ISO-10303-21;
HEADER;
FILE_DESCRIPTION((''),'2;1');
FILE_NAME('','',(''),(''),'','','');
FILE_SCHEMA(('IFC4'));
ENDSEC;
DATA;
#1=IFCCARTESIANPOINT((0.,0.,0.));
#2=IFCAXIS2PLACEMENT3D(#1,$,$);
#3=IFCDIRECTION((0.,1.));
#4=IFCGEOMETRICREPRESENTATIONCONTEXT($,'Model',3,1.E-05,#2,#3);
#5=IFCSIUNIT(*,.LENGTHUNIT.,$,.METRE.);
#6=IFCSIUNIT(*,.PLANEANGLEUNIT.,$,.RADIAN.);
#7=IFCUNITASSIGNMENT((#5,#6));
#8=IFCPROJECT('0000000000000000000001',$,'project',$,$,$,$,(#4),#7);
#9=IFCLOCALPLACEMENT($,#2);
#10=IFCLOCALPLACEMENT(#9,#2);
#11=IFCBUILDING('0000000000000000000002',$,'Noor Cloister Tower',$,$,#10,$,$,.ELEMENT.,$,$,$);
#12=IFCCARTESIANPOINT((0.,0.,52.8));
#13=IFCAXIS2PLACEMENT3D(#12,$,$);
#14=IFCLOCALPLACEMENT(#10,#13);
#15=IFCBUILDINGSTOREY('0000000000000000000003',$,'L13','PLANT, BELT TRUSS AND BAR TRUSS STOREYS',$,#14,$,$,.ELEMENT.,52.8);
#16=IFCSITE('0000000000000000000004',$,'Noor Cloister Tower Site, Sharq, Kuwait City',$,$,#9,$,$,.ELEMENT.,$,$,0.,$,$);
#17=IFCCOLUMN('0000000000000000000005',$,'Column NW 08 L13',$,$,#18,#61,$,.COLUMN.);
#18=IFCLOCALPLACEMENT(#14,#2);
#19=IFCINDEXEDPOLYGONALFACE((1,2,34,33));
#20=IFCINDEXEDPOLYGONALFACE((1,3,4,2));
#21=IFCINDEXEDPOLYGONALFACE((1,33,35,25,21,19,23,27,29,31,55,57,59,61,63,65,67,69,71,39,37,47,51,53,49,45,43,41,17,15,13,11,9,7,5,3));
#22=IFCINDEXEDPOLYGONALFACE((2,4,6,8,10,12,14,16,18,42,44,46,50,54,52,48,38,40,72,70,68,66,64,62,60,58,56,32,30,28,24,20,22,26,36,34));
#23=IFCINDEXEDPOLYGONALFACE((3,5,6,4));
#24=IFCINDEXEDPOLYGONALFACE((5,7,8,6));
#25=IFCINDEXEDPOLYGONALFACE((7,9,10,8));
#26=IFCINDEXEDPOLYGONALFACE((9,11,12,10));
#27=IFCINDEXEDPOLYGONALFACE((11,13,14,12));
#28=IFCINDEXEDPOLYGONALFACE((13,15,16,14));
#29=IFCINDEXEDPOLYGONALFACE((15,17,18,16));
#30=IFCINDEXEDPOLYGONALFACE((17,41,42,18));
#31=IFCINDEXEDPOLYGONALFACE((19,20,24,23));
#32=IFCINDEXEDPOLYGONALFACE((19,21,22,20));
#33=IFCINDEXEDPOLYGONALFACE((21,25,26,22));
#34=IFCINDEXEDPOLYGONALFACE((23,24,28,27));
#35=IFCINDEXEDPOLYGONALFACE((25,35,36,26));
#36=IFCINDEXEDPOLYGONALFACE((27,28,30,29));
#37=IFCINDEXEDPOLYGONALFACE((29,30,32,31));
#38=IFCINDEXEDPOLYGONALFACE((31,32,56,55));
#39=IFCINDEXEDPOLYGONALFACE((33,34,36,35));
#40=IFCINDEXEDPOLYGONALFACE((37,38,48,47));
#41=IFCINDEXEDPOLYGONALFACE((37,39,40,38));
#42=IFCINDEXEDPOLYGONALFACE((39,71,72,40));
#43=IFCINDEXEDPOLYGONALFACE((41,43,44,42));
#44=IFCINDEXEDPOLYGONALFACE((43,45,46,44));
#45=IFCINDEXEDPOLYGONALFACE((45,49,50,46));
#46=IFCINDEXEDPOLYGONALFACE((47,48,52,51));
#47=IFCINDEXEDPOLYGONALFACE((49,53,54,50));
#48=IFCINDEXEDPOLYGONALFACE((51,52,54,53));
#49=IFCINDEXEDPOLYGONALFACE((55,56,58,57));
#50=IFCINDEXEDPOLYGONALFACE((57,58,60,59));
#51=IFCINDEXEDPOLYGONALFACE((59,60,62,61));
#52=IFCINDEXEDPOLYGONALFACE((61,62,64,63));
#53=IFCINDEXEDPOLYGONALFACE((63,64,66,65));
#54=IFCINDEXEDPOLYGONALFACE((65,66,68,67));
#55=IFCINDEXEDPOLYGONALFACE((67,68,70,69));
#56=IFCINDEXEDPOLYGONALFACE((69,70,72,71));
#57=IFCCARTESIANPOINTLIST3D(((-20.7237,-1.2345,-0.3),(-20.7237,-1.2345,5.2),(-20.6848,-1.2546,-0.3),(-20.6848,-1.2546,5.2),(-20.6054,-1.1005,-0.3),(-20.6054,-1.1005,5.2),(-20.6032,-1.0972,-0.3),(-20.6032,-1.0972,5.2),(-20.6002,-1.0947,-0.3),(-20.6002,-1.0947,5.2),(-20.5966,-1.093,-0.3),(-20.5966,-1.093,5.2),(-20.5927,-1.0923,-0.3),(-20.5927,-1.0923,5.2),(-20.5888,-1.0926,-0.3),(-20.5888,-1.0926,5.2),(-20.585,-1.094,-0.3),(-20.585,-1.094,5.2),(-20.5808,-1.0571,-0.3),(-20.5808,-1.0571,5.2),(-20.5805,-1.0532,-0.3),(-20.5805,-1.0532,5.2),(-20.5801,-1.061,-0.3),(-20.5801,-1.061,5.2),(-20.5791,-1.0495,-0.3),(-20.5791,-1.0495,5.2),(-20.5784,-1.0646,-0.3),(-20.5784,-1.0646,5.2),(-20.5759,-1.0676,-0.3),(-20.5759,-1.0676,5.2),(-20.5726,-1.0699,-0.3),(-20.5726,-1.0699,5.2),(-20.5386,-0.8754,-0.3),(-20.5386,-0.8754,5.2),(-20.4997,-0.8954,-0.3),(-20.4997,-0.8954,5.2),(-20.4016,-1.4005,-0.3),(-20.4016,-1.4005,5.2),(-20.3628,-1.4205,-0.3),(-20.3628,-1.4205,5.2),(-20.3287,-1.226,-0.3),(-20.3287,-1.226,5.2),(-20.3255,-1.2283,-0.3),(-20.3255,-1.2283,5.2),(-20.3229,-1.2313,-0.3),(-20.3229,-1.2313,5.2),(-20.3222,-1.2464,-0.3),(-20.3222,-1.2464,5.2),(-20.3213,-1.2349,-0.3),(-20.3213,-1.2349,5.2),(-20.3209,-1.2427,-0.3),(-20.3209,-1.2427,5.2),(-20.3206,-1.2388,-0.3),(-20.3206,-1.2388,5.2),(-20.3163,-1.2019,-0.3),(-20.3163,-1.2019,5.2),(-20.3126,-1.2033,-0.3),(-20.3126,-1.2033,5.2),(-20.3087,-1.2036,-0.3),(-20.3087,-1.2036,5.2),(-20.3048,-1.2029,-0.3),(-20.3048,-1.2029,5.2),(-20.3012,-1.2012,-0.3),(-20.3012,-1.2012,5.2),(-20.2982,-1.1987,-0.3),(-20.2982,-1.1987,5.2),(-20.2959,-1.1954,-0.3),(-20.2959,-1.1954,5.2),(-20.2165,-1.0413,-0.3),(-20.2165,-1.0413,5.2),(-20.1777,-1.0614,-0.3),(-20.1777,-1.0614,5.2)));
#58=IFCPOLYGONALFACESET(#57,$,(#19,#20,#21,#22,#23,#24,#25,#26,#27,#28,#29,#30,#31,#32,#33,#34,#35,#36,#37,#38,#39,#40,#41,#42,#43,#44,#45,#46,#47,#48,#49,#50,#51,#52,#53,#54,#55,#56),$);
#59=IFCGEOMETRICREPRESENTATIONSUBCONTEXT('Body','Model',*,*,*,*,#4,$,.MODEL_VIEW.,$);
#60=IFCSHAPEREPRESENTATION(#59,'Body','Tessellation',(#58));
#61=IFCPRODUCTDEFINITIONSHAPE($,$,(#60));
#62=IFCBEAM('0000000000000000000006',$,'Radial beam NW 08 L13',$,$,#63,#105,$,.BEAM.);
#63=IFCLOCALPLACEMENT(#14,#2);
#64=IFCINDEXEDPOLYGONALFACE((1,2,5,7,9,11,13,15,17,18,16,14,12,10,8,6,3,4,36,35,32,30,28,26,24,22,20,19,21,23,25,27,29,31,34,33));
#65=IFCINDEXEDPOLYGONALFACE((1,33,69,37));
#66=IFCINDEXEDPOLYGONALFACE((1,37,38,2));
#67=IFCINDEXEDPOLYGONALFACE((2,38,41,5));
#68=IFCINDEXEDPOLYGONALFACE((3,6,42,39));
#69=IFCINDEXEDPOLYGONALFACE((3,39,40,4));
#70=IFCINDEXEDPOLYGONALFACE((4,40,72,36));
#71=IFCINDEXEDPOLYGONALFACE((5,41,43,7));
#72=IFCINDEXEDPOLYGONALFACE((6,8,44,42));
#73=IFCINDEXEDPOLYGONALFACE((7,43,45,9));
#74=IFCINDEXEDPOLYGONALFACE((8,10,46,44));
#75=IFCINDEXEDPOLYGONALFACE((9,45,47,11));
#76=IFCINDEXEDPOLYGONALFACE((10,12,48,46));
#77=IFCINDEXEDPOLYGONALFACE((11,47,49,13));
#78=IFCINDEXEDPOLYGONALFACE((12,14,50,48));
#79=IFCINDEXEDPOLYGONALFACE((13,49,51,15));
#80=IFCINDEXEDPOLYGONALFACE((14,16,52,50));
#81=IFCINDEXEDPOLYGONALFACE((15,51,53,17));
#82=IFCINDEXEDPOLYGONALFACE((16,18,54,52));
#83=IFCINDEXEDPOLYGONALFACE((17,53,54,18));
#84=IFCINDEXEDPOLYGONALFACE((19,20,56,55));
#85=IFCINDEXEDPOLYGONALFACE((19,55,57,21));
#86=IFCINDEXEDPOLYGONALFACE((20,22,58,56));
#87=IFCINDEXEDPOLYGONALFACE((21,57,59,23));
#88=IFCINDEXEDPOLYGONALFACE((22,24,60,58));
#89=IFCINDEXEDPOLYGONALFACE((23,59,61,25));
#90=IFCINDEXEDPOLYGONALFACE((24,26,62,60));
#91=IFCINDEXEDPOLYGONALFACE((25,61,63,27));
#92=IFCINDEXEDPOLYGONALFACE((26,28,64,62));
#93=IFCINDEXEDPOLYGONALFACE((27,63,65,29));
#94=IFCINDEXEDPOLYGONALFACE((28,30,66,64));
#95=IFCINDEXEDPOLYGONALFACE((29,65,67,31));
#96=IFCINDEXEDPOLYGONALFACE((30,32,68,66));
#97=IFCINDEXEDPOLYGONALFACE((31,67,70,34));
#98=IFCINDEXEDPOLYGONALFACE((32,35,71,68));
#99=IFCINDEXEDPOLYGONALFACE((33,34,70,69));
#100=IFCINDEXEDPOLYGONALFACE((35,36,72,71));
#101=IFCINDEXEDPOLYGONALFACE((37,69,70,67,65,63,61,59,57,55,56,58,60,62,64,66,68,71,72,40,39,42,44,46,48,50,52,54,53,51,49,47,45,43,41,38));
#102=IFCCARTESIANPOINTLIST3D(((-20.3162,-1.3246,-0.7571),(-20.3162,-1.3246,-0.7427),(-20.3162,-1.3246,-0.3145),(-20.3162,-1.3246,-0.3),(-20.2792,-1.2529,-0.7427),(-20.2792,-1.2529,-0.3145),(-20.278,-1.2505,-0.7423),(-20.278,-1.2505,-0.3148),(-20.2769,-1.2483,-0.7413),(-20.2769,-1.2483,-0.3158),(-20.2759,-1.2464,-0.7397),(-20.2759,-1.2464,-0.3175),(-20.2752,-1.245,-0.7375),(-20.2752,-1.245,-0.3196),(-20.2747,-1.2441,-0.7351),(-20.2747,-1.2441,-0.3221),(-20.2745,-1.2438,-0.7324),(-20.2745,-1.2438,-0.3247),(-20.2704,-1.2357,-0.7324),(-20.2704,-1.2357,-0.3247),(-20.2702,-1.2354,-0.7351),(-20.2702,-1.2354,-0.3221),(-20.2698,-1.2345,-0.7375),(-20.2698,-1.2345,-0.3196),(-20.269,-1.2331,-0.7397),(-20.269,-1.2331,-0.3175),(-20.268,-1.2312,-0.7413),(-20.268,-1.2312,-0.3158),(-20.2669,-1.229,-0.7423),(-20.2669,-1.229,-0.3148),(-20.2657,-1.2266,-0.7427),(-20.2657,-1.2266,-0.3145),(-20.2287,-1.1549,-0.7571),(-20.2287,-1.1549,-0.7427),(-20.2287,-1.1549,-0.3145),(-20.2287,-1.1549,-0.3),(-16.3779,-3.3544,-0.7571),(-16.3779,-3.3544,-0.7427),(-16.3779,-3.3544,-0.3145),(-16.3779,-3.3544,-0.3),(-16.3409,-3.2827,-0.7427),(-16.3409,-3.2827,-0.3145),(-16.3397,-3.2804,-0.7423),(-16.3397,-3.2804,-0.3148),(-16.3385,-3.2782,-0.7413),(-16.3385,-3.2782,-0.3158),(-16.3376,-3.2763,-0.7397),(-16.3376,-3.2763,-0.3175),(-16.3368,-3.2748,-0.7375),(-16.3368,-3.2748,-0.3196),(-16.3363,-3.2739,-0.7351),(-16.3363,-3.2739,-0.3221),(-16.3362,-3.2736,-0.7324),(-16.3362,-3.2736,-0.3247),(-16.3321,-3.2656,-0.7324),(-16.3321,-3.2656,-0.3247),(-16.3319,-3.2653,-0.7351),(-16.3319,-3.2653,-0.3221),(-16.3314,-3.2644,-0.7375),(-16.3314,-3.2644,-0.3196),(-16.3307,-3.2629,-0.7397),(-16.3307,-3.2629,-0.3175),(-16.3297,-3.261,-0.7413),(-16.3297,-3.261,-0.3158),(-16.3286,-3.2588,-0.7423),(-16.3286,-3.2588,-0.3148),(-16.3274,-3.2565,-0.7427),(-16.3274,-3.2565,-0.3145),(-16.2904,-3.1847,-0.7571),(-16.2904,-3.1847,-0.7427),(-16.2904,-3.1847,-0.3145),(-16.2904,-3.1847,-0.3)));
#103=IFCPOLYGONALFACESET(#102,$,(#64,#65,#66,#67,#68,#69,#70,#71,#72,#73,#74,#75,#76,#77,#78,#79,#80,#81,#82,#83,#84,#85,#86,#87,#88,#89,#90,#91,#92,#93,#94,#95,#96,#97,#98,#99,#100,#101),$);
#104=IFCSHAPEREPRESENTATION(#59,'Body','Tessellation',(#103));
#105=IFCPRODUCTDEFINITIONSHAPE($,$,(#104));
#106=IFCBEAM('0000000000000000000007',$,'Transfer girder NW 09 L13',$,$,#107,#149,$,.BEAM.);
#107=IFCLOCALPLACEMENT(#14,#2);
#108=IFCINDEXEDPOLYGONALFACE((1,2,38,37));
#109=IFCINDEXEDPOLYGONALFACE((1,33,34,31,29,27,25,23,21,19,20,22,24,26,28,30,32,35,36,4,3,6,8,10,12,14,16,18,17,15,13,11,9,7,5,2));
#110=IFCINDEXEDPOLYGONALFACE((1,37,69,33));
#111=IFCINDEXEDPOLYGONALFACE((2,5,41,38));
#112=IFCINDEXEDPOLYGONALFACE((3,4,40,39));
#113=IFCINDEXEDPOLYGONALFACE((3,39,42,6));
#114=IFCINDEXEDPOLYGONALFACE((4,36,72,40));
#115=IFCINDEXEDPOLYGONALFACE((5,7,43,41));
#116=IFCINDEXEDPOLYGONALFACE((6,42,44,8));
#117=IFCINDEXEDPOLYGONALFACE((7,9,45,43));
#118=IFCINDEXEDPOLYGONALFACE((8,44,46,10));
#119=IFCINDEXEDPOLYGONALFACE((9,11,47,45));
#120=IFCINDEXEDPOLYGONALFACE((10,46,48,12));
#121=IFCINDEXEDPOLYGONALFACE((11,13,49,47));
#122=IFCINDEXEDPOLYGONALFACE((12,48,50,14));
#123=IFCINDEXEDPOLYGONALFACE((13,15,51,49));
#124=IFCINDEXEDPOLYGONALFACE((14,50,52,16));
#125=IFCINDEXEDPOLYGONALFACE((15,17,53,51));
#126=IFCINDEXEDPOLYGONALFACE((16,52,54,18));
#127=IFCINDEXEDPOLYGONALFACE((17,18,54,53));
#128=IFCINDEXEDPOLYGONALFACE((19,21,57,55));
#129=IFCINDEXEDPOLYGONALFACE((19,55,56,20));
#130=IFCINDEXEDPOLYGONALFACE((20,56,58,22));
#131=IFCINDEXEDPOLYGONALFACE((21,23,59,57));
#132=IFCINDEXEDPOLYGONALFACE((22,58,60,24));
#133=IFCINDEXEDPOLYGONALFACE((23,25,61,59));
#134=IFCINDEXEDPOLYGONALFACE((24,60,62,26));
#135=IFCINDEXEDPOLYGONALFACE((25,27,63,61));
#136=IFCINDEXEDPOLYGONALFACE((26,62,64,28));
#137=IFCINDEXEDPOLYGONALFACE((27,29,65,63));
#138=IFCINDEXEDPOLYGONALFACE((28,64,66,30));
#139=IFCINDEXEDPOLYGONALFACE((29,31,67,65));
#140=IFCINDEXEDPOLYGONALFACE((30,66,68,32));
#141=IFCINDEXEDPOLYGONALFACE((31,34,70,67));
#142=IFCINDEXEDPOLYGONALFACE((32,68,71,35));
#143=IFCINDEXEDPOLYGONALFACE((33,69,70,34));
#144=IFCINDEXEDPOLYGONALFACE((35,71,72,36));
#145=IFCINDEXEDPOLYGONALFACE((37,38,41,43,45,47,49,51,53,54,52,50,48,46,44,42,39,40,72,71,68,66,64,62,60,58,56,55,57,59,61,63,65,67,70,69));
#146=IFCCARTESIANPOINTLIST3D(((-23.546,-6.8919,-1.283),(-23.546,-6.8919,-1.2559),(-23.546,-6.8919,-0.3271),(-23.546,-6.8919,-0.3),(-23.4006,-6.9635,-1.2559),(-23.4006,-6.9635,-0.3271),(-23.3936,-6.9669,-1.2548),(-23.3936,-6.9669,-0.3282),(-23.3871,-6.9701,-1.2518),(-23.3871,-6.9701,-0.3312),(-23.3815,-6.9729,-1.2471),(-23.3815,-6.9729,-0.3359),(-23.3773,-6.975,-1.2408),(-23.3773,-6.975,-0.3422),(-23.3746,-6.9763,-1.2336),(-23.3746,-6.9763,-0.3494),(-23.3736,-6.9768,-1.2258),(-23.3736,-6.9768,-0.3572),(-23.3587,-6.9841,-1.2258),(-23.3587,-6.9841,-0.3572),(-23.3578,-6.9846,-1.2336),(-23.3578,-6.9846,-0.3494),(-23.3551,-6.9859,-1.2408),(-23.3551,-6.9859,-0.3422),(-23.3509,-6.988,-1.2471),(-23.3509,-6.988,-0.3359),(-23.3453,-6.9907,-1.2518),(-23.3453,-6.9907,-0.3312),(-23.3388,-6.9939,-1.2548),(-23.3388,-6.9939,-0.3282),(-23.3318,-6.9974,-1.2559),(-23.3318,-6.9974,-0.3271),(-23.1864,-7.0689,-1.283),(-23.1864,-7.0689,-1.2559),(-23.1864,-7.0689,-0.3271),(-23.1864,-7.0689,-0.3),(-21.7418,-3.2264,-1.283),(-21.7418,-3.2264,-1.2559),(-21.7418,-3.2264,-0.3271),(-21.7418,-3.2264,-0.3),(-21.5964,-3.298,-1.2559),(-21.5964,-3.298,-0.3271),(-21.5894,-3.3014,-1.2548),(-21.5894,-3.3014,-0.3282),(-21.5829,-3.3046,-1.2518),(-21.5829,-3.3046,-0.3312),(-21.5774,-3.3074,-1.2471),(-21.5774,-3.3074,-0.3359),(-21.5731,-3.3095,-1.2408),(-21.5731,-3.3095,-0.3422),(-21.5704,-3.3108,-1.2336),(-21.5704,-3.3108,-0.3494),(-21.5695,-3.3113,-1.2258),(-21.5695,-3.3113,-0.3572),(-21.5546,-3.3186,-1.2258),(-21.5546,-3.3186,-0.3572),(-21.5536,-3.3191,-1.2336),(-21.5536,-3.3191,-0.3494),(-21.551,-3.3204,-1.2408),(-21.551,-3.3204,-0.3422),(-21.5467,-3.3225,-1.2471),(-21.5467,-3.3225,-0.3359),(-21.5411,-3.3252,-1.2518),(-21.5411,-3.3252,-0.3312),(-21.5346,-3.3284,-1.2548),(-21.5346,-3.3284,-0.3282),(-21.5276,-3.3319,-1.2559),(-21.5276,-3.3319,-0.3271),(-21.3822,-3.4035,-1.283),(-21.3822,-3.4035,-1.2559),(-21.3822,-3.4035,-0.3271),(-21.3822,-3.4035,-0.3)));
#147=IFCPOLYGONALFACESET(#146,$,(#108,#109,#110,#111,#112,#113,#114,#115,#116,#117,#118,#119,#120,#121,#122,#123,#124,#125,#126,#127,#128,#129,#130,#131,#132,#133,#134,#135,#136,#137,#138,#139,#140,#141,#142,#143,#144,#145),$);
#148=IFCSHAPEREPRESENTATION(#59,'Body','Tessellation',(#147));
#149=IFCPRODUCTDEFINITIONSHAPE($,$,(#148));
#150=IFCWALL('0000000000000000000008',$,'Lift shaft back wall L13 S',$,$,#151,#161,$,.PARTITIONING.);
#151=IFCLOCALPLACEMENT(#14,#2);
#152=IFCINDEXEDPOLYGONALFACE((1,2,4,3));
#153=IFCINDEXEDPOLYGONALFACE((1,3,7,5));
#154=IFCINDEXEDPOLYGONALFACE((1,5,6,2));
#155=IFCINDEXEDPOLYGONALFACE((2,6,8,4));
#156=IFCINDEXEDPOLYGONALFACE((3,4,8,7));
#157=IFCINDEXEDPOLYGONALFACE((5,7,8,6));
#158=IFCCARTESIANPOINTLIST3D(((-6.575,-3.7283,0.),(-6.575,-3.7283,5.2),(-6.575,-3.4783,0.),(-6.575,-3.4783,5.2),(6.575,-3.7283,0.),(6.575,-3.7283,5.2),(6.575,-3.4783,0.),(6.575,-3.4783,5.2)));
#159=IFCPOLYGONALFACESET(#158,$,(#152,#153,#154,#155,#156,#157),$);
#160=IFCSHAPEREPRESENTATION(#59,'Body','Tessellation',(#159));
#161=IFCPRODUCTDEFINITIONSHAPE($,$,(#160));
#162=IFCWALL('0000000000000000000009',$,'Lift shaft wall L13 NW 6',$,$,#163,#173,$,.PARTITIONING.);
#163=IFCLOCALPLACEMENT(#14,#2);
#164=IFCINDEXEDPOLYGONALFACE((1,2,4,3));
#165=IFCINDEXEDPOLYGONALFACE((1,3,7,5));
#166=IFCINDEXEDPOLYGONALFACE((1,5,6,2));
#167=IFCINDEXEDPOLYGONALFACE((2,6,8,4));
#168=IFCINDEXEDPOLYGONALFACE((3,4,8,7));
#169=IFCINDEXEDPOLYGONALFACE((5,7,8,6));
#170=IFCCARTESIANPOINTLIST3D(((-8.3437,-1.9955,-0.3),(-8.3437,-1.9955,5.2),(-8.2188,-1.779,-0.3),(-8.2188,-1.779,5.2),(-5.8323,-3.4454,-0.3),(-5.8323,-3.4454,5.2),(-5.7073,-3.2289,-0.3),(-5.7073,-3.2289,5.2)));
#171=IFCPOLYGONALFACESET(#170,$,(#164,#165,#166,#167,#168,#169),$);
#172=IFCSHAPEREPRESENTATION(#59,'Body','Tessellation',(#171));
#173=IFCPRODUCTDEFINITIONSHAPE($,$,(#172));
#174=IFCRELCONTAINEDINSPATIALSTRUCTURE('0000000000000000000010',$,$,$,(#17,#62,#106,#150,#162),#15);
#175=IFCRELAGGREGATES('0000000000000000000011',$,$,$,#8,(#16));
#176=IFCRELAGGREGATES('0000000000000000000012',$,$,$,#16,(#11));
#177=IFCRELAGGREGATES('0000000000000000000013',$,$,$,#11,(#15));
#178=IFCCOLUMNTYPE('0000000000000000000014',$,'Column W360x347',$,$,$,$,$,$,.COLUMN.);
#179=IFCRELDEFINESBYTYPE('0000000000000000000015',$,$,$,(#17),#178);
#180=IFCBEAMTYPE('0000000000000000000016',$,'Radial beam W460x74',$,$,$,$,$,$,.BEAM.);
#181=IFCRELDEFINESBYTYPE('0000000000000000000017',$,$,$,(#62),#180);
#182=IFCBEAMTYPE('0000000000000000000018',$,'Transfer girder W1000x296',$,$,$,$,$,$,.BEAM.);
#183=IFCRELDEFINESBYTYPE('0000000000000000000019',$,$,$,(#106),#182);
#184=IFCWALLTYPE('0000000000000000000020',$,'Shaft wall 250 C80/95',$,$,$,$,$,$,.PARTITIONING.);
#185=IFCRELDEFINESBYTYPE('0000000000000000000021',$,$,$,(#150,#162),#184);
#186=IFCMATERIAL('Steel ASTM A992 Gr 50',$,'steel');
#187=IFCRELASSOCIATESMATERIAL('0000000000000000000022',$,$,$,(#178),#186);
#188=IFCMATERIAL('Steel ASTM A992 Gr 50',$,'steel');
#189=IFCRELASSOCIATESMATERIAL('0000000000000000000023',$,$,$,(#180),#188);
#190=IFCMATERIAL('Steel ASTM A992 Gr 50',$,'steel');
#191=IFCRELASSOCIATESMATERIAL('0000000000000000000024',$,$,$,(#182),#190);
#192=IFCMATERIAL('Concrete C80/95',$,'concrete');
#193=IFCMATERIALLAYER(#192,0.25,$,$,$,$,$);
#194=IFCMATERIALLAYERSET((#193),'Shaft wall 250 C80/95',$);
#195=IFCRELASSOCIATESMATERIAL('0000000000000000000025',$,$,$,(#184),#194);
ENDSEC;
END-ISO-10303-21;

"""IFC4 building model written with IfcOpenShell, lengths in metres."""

from ifc_helpers import new_model, si_unit, direction, frame, frame_2d, origin, origin_2d, place, context, subcontext, project, spatial, rectangle, i_section, extrude, material, layer, layer_set, material_profile, profile_set, type_object, element, save


model = new_model("IFC4")

# Units and contexts
model_context = context("Model", 3, precision=1e-05, world=origin(), true_north=direction((0.0, 1.0)))
body_context = subcontext(model_context, "Body", "Model", "MODEL_VIEW")
ifc_project = project(units=[si_unit("LENGTHUNIT", "METRE"), si_unit("PLANEANGLEUNIT", "RADIAN")], contexts=[model_context])

# Site, building, storey
site_placement = place(None, origin())
site = spatial("IfcSite", under=ifc_project, at=site_placement, Name="Noor Cloister Tower Site, Sharq, Kuwait City", CompositionType="ELEMENT", RefElevation=0.0)
building_placement = place(site_placement, origin())
building = spatial("IfcBuilding", under=site, at=building_placement, Name="Noor Cloister Tower", CompositionType="ELEMENT")
storey_placement = place(building_placement, frame((0.0, 0.0, 52.8)))
storey = spatial("IfcBuildingStorey", under=building, at=storey_placement, Name="L13", Description="PLANT, BELT TRUSS AND BAR TRUSS STOREYS", CompositionType="ELEMENT", Elevation=52.8)

# Column
ifc_material_1 = material(Name="Steel ASTM A992 Gr 50", Category="steel")
ifc_material_profile_1 = material_profile(ifc_material_1, i_section(OverallWidth=0.4041, OverallDepth=0.406, WebThickness=0.0271, FlangeThickness=0.0437, FilletRadius=0.0151, at=origin_2d()), Name="W360x347")
ifc_profile_set_1 = profile_set([ifc_material_profile_1], Name="Steel ASTM A992 Gr 50")
column_type = type_object("IfcColumnType", Name="Column W360x347", PredefinedType="COLUMN", material=ifc_profile_set_1)
column_placement = place(storey_placement, frame((-20.4507, -1.1479, -0.3), z_axis=(0.0, 0.0, 1.0), x_axis=(-0.458101, -0.8889, 0.0)))
element("IfcColumn", 1, at=column_placement, inside=storey, type_object=column_type, Name="Column NW 08 L13", PredefinedType="COLUMN", context=body_context, shape_type="SweptSolid", body=[
    extrude(i_section(OverallWidth=0.4041, OverallDepth=0.406, WebThickness=0.0271, FlangeThickness=0.0437, FilletRadius=0.0151, at=origin_2d()), origin(), (0.0, 0.0, 1.0), 5.5),
])

# Beams
ifc_material_2 = material(Name="Steel ASTM A992 Gr 50", Category="steel")
ifc_material_profile_2 = material_profile(ifc_material_2, i_section(OverallWidth=0.1909, OverallDepth=0.457, WebThickness=0.009, FlangeThickness=0.0144, FilletRadius=0.0103, at=origin_2d()), Name="W460x74")
ifc_profile_set_2 = profile_set([ifc_material_profile_2], Name="Steel ASTM A992 Gr 50")
beam_type_1 = type_object("IfcBeamType", Name="Radial beam W460x74", PredefinedType="BEAM", material=ifc_profile_set_2)
beam_1_placement = place(storey_placement, frame((-20.2725, -1.2397, -0.5286), z_axis=(0.888883, -0.458135, 0.0), x_axis=(0.458135, 0.888883, 0.0)))
element("IfcBeam", 2, at=beam_1_placement, inside=storey, type_object=beam_type_1, Name="Radial beam NW 08 L13", PredefinedType="BEAM", context=body_context, shape_type="SweptSolid", body=[
    extrude(i_section(OverallWidth=0.1909, OverallDepth=0.457, WebThickness=0.009, FlangeThickness=0.0144, FilletRadius=0.0103, at=origin_2d()), origin(), (0.0, 0.0, 1.0), 4.4307),
])
ifc_material_3 = material(Name="Steel ASTM A992 Gr 50", Category="steel")
ifc_material_profile_3 = material_profile(ifc_material_3, i_section(OverallWidth=0.4009, OverallDepth=0.9829, WebThickness=0.0166, FlangeThickness=0.0271, FilletRadius=0.03, at=origin_2d()), Name="W1000x296")
ifc_profile_set_3 = profile_set([ifc_material_profile_3], Name="Steel ASTM A992 Gr 50")
beam_type_2 = type_object("IfcBeamType", Name="Transfer girder W1000x296", PredefinedType="BEAM", material=ifc_profile_set_3)
beam_2_placement = place(storey_placement, frame((-21.562, -3.3149, -0.7915), z_axis=(-0.441612, -0.897206, 0.0), x_axis=(0.897206, -0.441612, 0.0)))
element("IfcBeam", 3, at=beam_2_placement, inside=storey, type_object=beam_type_2, Name="Transfer girder NW 09 L13", PredefinedType="BEAM", context=body_context, shape_type="SweptSolid", body=[
    extrude(i_section(OverallWidth=0.4009, OverallDepth=0.9829, WebThickness=0.0166, FlangeThickness=0.0271, FilletRadius=0.03, at=origin_2d()), origin(), (0.0, 0.0, 1.0), 4.0854),
])

# Walls
ifc_material_4 = material(Name="Concrete C80/95", Category="concrete")
ifc_layer_1 = layer(ifc_material_4, 0.25)
ifc_layer_set_1 = layer_set([ifc_layer_1], Name="Shaft wall 250 C80/95")
wall_type_1 = type_object("IfcWallType", Name="Shaft wall 250 C80/95", PredefinedType="PARTITIONING", material=ifc_layer_set_1)
wall_1_placement = place(storey_placement, frame((-6.575, -3.6033, 0.0), z_axis=(0.0, 0.0, 1.0), x_axis=(1.0, 0.0, 0.0)))
element("IfcWall", 4, at=wall_1_placement, inside=storey, type_object=wall_type_1, Name="Lift shaft back wall L13 S", PredefinedType="PARTITIONING", context=body_context, shape_type="SweptSolid", body=[
    extrude(rectangle(XDim=13.1499, YDim=0.25, at=frame_2d((6.575, 0.0))), origin(), (0.0, 0.0, 1.0), 5.2),
])
wall_2_placement = place(storey_placement, frame((-8.2812, -1.8872, -0.3), z_axis=(0.0, 0.0, 1.0), x_axis=(0.866033, -0.499987, 0.0)))
element("IfcWall", 5, at=wall_2_placement, inside=storey, type_object=wall_type_1, Name="Lift shaft wall L13 NW 6", PredefinedType="PARTITIONING", context=body_context, shape_type="SweptSolid", body=[
    extrude(rectangle(XDim=2.8999, YDim=0.25, at=frame_2d((1.45, 0.0))), origin(), (0.0, 0.0, 1.0), 5.5),
])

save(model, "model.ifc")
